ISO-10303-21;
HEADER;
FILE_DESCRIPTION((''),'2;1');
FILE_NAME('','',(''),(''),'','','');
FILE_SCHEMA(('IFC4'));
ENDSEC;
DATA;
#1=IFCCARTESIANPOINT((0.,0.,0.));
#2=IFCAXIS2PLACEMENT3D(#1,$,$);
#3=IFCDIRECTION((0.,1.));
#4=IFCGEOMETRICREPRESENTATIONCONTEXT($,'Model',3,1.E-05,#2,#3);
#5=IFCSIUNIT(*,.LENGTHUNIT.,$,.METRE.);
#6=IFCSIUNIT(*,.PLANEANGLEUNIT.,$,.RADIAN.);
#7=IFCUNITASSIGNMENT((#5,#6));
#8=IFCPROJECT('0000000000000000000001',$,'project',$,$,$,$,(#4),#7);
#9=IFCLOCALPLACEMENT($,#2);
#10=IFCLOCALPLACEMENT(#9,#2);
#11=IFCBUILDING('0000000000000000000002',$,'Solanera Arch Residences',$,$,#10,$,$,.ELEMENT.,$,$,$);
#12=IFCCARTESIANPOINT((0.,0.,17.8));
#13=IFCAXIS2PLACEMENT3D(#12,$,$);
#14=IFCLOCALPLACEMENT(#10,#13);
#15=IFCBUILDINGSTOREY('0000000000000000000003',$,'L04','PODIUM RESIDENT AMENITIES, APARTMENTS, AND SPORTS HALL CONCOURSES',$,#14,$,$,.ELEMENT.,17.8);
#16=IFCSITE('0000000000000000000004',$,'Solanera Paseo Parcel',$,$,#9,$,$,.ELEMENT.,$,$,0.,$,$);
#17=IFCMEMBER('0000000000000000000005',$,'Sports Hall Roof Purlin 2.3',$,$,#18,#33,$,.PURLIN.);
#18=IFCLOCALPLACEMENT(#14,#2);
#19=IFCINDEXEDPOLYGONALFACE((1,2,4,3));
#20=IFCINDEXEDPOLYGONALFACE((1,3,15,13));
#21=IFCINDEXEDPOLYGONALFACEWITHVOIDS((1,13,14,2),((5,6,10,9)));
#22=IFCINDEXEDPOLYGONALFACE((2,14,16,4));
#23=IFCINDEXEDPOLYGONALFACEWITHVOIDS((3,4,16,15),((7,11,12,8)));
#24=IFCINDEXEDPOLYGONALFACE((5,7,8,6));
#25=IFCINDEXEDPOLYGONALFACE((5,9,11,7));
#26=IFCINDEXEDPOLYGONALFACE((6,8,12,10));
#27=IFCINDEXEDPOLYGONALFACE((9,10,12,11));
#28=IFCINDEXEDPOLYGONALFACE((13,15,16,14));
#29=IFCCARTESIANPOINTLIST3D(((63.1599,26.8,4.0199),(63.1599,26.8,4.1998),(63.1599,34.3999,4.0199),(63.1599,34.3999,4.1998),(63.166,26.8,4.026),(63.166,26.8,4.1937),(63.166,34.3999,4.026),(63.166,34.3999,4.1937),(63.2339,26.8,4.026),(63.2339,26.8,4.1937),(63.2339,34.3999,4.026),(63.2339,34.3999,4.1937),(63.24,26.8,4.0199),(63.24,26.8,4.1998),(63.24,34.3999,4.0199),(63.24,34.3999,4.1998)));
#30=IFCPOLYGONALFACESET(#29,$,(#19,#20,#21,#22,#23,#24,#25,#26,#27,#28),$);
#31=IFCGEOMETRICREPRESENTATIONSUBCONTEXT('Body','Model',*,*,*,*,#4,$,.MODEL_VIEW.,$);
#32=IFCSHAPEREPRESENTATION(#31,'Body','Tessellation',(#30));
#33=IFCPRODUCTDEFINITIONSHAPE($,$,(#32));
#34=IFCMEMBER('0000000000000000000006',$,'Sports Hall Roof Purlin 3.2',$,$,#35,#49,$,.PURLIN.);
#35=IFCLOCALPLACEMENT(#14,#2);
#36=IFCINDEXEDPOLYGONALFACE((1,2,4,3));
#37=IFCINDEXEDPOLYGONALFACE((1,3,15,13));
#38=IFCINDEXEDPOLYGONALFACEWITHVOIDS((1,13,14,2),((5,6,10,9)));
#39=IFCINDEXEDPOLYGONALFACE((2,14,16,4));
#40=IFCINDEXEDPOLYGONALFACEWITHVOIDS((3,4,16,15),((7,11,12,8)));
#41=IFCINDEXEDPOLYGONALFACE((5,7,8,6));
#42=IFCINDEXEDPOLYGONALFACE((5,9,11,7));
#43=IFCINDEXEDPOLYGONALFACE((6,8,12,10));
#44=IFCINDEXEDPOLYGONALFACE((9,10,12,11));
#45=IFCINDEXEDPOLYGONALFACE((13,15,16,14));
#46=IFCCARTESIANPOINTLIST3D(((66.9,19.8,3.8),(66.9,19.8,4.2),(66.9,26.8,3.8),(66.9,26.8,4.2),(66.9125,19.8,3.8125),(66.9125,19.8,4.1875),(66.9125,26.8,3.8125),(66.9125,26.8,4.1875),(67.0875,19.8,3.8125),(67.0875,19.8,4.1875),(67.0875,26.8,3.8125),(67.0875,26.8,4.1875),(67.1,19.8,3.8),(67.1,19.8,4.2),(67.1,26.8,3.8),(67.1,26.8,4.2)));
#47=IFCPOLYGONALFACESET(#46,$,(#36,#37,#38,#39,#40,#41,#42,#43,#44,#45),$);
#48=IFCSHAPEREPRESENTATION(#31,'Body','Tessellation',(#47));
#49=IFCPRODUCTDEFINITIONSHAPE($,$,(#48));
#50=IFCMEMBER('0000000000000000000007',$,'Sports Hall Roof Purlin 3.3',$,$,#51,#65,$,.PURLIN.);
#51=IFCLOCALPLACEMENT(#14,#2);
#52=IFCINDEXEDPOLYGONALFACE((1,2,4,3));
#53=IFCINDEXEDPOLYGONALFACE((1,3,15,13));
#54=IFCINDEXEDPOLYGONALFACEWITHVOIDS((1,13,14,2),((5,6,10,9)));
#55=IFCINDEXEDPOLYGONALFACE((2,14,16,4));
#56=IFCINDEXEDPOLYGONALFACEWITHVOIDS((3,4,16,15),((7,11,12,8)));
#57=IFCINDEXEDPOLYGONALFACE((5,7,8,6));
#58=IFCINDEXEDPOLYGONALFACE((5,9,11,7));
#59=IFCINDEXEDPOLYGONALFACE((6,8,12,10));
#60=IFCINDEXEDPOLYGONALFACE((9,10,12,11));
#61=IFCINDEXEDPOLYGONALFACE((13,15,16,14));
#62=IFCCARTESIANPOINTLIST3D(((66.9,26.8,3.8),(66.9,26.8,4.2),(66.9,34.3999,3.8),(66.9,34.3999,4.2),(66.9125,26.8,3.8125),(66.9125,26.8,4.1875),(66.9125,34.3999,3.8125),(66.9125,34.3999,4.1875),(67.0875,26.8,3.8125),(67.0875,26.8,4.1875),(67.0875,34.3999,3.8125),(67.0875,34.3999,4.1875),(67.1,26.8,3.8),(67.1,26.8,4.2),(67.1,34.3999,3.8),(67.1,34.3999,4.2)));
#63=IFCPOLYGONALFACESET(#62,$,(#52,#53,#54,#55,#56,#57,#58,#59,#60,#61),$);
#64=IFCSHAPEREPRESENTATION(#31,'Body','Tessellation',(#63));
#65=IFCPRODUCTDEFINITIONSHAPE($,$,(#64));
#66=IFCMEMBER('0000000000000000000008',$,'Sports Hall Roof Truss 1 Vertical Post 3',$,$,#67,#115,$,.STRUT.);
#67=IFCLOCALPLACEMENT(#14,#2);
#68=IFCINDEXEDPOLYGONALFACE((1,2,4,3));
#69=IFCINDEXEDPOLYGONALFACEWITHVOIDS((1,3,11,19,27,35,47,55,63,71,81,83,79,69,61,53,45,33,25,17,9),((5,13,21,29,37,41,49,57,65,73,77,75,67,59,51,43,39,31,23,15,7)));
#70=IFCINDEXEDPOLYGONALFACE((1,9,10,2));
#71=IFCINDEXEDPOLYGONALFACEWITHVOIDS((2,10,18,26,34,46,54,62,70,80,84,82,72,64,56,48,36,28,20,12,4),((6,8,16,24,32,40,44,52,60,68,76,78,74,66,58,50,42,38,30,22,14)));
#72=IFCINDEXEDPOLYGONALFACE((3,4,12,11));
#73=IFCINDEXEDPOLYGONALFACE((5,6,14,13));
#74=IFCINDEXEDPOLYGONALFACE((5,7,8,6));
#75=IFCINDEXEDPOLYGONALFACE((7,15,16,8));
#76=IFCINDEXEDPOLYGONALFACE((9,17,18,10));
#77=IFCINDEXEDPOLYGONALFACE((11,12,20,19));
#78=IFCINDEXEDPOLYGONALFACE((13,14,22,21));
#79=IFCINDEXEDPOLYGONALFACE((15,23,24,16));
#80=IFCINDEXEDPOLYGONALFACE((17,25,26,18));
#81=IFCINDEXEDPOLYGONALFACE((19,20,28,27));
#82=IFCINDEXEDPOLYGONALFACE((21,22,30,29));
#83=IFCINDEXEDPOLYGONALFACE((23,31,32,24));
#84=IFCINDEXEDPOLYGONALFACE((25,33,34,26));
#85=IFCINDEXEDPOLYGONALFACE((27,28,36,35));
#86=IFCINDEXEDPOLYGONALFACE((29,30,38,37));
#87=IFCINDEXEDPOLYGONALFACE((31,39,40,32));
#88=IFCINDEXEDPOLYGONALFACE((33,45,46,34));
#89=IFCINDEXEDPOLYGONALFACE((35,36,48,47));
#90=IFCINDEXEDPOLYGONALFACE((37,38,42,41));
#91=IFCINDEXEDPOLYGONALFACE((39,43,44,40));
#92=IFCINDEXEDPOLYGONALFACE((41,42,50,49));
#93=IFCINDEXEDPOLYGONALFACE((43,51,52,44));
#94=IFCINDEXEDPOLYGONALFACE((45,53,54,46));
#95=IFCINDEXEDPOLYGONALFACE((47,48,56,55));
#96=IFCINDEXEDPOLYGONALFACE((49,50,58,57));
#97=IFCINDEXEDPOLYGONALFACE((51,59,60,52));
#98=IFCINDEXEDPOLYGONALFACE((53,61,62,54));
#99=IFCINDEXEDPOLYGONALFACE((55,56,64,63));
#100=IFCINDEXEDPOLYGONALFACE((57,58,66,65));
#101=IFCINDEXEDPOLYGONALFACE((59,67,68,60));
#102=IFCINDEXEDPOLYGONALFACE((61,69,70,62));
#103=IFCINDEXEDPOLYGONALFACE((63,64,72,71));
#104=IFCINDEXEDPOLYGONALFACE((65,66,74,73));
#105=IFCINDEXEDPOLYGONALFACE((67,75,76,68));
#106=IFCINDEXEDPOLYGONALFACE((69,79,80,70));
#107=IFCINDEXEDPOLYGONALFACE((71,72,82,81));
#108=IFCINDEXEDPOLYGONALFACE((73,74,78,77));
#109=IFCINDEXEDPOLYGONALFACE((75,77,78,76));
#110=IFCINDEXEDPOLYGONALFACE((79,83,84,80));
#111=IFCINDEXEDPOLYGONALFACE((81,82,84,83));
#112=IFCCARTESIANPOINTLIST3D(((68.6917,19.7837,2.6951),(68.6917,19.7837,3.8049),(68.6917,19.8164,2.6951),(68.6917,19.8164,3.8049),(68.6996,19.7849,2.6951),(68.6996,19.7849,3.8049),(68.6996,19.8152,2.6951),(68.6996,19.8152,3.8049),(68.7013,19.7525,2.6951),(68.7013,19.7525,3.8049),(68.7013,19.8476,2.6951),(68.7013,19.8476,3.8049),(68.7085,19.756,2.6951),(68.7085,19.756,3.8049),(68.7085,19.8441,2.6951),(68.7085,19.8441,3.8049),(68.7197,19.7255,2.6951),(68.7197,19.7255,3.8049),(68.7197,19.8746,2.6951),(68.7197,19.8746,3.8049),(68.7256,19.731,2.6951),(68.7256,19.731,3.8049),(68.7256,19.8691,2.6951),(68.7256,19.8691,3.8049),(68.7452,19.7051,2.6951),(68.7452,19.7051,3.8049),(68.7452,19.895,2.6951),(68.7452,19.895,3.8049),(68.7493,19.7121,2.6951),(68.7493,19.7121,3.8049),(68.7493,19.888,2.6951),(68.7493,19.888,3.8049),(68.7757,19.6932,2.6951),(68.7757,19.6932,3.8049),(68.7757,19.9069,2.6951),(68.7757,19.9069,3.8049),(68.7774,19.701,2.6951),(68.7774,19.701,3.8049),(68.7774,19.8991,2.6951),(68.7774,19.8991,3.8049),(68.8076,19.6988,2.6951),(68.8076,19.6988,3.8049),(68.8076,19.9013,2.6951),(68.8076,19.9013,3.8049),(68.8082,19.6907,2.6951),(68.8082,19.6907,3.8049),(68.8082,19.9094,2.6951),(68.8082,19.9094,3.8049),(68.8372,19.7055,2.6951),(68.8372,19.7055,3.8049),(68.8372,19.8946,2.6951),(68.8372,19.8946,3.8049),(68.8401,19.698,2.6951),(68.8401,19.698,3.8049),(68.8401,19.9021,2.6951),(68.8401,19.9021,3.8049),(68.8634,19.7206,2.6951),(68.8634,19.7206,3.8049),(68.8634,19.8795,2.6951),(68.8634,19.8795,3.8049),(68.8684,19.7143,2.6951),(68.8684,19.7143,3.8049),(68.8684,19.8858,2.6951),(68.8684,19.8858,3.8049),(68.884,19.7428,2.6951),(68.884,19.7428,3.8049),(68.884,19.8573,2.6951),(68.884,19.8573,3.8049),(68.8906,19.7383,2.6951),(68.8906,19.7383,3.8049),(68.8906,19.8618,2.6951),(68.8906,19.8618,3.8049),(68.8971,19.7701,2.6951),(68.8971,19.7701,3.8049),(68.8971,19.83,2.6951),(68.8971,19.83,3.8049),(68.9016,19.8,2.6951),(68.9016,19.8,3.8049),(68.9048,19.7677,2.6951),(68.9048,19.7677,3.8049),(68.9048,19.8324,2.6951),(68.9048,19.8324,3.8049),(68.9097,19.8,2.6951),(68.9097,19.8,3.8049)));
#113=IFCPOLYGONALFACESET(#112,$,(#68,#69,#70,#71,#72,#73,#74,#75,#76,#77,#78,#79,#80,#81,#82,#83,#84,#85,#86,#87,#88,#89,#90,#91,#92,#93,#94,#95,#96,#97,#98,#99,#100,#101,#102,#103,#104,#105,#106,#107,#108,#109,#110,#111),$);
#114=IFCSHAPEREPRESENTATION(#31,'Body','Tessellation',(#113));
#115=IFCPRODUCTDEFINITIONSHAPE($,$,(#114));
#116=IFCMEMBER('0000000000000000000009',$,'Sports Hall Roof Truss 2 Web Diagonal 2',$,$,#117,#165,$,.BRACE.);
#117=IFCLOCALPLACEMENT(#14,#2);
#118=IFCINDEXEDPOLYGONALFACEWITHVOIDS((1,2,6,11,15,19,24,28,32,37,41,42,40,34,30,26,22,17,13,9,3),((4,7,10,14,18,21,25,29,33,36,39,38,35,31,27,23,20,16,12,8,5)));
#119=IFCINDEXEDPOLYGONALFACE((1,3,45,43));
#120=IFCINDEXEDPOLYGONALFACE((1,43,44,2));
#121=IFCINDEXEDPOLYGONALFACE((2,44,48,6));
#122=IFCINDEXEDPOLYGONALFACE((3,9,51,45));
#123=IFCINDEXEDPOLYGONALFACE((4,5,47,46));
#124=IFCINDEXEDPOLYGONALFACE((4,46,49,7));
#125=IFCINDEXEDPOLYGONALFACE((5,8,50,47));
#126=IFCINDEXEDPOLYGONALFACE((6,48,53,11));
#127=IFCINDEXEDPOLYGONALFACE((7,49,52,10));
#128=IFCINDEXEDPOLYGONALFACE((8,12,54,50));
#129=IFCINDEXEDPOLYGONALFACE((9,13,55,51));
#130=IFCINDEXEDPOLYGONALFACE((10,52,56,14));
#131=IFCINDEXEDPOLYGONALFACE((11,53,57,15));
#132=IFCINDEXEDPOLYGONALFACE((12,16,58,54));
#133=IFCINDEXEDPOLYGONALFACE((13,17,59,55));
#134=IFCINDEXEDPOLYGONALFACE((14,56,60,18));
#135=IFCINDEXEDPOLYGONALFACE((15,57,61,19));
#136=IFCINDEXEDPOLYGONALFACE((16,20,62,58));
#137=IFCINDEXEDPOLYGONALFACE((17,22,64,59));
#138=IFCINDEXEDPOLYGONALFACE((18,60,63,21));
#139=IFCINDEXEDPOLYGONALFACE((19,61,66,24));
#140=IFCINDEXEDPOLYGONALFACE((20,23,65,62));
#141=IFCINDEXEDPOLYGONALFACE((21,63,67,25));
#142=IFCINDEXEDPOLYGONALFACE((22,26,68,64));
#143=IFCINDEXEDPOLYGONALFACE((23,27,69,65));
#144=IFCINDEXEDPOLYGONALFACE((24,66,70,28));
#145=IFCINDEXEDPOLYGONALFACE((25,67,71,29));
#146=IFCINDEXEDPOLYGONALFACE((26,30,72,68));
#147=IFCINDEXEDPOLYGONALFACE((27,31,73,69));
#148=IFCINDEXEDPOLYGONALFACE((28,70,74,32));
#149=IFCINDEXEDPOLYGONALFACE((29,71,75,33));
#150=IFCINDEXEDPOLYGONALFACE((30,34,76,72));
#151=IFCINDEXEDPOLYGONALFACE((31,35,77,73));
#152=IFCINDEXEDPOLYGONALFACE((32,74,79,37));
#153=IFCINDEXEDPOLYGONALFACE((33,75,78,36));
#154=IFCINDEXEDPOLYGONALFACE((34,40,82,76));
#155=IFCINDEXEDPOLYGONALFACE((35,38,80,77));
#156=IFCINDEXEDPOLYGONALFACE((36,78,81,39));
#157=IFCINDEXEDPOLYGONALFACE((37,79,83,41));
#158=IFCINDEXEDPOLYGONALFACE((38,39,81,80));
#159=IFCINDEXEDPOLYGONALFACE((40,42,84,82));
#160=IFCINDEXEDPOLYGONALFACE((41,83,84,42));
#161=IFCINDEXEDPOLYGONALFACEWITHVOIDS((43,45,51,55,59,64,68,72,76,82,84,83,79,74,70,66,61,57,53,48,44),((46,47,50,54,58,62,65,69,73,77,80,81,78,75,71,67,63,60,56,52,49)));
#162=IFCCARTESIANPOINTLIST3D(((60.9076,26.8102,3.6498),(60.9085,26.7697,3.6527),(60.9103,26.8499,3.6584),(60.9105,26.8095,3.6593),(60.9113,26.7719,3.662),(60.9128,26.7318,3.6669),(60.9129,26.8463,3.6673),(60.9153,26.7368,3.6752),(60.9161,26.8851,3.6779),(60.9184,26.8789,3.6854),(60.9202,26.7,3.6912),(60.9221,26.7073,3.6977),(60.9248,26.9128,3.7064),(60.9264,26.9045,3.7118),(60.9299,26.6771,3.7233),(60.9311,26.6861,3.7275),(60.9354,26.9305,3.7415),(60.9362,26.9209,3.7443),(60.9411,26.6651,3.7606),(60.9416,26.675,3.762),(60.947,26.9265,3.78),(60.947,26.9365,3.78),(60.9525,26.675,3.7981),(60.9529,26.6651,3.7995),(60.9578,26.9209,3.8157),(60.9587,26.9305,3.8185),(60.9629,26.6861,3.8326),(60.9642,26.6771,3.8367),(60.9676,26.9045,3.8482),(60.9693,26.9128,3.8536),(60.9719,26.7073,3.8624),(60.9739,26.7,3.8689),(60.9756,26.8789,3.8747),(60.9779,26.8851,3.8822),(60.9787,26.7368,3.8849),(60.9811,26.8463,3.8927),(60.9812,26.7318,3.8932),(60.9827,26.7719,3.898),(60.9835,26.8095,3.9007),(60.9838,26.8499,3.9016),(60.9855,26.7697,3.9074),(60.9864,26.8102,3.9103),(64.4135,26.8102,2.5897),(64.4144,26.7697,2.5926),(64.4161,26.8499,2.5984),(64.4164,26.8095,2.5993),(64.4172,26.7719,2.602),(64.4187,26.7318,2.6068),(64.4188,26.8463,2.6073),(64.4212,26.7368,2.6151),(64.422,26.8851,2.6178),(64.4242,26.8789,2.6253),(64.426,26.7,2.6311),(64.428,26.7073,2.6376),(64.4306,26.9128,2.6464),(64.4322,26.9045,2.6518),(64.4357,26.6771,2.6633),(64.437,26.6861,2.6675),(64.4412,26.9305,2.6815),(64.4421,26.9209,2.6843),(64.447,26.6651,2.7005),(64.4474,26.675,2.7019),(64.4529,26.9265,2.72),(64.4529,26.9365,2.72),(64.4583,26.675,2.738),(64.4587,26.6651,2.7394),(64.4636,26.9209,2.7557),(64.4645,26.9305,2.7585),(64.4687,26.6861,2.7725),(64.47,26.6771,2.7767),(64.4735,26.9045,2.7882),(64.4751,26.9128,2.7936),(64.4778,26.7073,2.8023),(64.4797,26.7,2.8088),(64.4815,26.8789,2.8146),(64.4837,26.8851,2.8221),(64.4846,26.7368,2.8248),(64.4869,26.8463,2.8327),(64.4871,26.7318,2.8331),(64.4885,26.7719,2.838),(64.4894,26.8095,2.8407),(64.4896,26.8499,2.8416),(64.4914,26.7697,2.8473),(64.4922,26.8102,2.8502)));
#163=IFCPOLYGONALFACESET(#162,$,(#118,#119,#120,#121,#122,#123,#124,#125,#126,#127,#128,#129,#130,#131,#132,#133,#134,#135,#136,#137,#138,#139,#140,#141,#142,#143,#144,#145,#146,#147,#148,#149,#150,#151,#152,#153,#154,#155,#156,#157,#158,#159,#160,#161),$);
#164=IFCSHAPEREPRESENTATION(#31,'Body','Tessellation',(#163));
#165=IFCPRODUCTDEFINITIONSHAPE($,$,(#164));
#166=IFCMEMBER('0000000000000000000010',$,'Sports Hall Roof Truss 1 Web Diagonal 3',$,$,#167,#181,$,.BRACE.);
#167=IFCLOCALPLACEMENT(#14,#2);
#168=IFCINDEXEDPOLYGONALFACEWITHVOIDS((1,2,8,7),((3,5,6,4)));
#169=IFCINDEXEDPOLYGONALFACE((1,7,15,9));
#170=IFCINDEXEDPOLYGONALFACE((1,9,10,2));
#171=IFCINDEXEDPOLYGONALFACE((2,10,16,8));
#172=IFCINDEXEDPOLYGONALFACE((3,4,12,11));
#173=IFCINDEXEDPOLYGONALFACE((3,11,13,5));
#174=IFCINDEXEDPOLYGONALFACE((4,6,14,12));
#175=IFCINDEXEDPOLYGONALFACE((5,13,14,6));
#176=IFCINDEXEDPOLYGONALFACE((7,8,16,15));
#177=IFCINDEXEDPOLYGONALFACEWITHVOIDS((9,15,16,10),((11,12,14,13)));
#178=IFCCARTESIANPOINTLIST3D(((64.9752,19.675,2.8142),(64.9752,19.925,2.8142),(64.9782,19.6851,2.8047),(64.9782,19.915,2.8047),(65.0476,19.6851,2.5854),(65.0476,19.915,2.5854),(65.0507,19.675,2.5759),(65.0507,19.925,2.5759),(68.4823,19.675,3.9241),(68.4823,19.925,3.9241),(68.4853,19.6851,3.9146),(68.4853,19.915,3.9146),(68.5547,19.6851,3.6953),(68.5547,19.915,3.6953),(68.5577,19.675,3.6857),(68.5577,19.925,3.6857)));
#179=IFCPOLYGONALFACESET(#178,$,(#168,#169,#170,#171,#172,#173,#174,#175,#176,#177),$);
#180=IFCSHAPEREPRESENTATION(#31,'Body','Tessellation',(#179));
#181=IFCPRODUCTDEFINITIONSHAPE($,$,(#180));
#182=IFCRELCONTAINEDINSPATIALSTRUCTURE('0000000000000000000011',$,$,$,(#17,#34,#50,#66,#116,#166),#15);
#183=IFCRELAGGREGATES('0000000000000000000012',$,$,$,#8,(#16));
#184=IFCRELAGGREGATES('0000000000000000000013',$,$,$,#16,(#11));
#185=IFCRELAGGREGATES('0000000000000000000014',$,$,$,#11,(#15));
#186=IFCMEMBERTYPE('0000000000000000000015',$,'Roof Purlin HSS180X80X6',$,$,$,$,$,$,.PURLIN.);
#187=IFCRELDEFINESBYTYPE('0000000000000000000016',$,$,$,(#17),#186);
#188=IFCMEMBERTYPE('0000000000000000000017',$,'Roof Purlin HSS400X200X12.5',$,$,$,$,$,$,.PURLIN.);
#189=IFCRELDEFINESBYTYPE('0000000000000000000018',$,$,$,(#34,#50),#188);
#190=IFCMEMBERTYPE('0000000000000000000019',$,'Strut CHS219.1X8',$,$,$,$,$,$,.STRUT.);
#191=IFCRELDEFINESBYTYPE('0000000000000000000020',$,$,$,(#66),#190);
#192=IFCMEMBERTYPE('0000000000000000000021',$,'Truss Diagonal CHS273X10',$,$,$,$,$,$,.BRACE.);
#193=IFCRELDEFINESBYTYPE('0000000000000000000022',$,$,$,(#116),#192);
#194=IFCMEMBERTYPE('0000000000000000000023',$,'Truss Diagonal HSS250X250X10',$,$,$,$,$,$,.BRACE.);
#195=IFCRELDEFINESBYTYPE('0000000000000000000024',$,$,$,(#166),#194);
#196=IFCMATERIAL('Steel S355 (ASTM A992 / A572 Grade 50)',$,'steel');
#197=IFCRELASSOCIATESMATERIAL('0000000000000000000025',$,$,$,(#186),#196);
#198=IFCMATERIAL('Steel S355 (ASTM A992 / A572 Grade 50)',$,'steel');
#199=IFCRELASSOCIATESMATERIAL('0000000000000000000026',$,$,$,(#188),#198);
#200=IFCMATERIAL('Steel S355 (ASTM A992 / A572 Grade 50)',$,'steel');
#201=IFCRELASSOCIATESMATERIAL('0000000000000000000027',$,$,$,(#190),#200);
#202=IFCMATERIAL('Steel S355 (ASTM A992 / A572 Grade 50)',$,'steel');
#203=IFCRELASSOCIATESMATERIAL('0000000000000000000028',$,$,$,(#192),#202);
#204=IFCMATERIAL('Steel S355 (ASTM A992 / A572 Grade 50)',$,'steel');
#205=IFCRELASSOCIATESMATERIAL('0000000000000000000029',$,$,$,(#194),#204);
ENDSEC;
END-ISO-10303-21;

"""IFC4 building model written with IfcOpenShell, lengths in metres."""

from ifc_helpers import new_model, si_unit, direction, frame, origin, origin_2d, place, context, subcontext, project, spatial, hollow_rectangle, hollow_circle, extrude, material, material_profile, profile_set, type_object, element, save


model = new_model("IFC4")

# Units and contexts
model_context = context("Model", 3, precision=1e-05, world=origin(), true_north=direction((0.0, 1.0)))
body_context = subcontext(model_context, "Body", "Model", "MODEL_VIEW")
ifc_project = project(units=[si_unit("LENGTHUNIT", "METRE"), si_unit("PLANEANGLEUNIT", "RADIAN")], contexts=[model_context])

# Site, building, storey
site_placement = place(None, origin())
site = spatial("IfcSite", under=ifc_project, at=site_placement, Name="Solanera Paseo Parcel", CompositionType="ELEMENT", RefElevation=0.0)
building_placement = place(site_placement, origin())
building = spatial("IfcBuilding", under=site, at=building_placement, Name="Solanera Arch Residences", CompositionType="ELEMENT")
storey_placement = place(building_placement, frame((0.0, 0.0, 17.8)))
storey = spatial("IfcBuildingStorey", under=building, at=storey_placement, Name="L04", Description="PODIUM RESIDENT AMENITIES, APARTMENTS, AND SPORTS HALL CONCOURSES", CompositionType="ELEMENT", Elevation=17.8)

# Members
ifc_material_1 = material(Name="Steel S355 (ASTM A992 / A572 Grade 50)", Category="steel")
ifc_material_profile_1 = material_profile(ifc_material_1, hollow_rectangle(XDim=0.0801, YDim=0.1799, WallThickness=0.0061, at=origin_2d()))
ifc_profile_set_1 = profile_set([ifc_material_profile_1], Name="Steel S355 (ASTM A992 / A572 Grade 50)")
member_type_1 = type_object("IfcMemberType", Name="Roof Purlin HSS180X80X6", PredefinedType="PURLIN", material=ifc_profile_set_1)
member_1_placement = place(storey_placement, frame((63.2, 26.8, 4.1099), z_axis=(0.0, 1.0, 0.0), x_axis=(-1.0, 0.0, 0.0)))
element("IfcMember", 1, at=member_1_placement, inside=storey, type_object=member_type_1, Name="Sports Hall Roof Purlin 2.3", PredefinedType="PURLIN", context=body_context, shape_type="SweptSolid", body=[
    extrude(hollow_rectangle(XDim=0.0801, YDim=0.1799, WallThickness=0.0061, at=origin_2d()), origin(), (0.0, 0.0, 1.0), 7.5999),
])
ifc_material_2 = material(Name="Steel S355 (ASTM A992 / A572 Grade 50)", Category="steel")
ifc_material_profile_2 = material_profile(ifc_material_2, hollow_rectangle(XDim=0.2, YDim=0.3999, WallThickness=0.0125, at=origin_2d()))
ifc_profile_set_2 = profile_set([ifc_material_profile_2], Name="Steel S355 (ASTM A992 / A572 Grade 50)")
member_type_2 = type_object("IfcMemberType", Name="Roof Purlin HSS400X200X12.5", PredefinedType="PURLIN", material=ifc_profile_set_2)
member_2_placement = place(storey_placement, frame((67.0, 19.8, 4.0), z_axis=(0.0, 1.0, 0.0), x_axis=(-1.0, 0.0, 0.0)))
element("IfcMember", 2, at=member_2_placement, inside=storey, type_object=member_type_2, Name="Sports Hall Roof Purlin 3.2", PredefinedType="PURLIN", context=body_context, shape_type="SweptSolid", body=[
    extrude(hollow_rectangle(XDim=0.2, YDim=0.3999, WallThickness=0.0125, at=origin_2d()), origin(), (0.0, 0.0, 1.0), 7.0),
])
member_3_placement = place(storey_placement, frame((67.0, 26.8, 4.0), z_axis=(0.0, 1.0, 0.0), x_axis=(-1.0, 0.0, 0.0)))
element("IfcMember", 3, at=member_3_placement, inside=storey, type_object=member_type_2, Name="Sports Hall Roof Purlin 3.3", PredefinedType="PURLIN", context=body_context, shape_type="SweptSolid", body=[
    extrude(hollow_rectangle(XDim=0.2, YDim=0.3999, WallThickness=0.0125, at=origin_2d()), origin(), (0.0, 0.0, 1.0), 7.5999),
])
ifc_material_3 = material(Name="Steel S355 (ASTM A992 / A572 Grade 50)", Category="steel")
ifc_material_profile_3 = material_profile(ifc_material_3, hollow_circle(Radius=0.1096, WallThickness=0.0081, at=origin_2d()))
ifc_profile_set_3 = profile_set([ifc_material_profile_3], Name="Steel S355 (ASTM A992 / A572 Grade 50)")
member_type_3 = type_object("IfcMemberType", Name="Strut CHS219.1X8", PredefinedType="STRUT", material=ifc_profile_set_3)
member_4_placement = place(storey_placement, frame((68.8, 19.8, 2.6951), z_axis=(0.0, 0.0, 1.0), x_axis=(1.0, 0.0, 0.0)))
element("IfcMember", 4, at=member_4_placement, inside=storey, type_object=member_type_3, Name="Sports Hall Roof Truss 1 Vertical Post 3", PredefinedType="STRUT", context=body_context, shape_type="SweptSolid", body=[
    extrude(hollow_circle(Radius=0.1096, WallThickness=0.0081, at=origin_2d()), origin(), (0.0, 0.0, 1.0), 1.1099),
])
ifc_material_4 = material(Name="Steel S355 (ASTM A992 / A572 Grade 50)", Category="steel")
ifc_material_profile_4 = material_profile(ifc_material_4, hollow_circle(Radius=0.1365, WallThickness=0.01, at=origin_2d()))
ifc_profile_set_4 = profile_set([ifc_material_profile_4], Name="Steel S355 (ASTM A992 / A572 Grade 50)")
member_type_4 = type_object("IfcMemberType", Name="Truss Diagonal CHS273X10", PredefinedType="BRACE", material=ifc_profile_set_4)
member_5_placement = place(storey_placement, frame((60.947, 26.8, 3.78), z_axis=(0.9572, 0.0, -0.289426), x_axis=(0.0, 1.0, 0.0)))
element("IfcMember", 5, at=member_5_placement, inside=storey, type_object=member_type_4, Name="Sports Hall Roof Truss 2 Web Diagonal 2", PredefinedType="BRACE", context=body_context, shape_type="SweptSolid", body=[
    extrude(hollow_circle(Radius=0.1365, WallThickness=0.01, at=origin_2d()), origin(), (0.0, 0.0, 1.0), 3.6626),
])
ifc_material_5 = material(Name="Steel S355 (ASTM A992 / A572 Grade 50)", Category="steel")
ifc_material_profile_5 = material_profile(ifc_material_5, hollow_rectangle(XDim=0.25, YDim=0.25, WallThickness=0.01, at=origin_2d()))
ifc_profile_set_5 = profile_set([ifc_material_profile_5], Name="Steel S355 (ASTM A992 / A572 Grade 50)")
member_type_5 = type_object("IfcMemberType", Name="Truss Diagonal HSS250X250X10", PredefinedType="BRACE", material=ifc_profile_set_5)
member_6_placement = place(storey_placement, frame((65.0129, 19.8, 2.6951), z_axis=(0.953398, 0.0, 0.301716), x_axis=(0.0, 1.0, 0.0)))
element("IfcMember", 6, at=member_6_placement, inside=storey, type_object=member_type_5, Name="Sports Hall Roof Truss 1 Web Diagonal 3", PredefinedType="BRACE", context=body_context, shape_type="SweptSolid", body=[
    extrude(hollow_rectangle(XDim=0.25, YDim=0.25, WallThickness=0.01, at=origin_2d()), origin(), (0.0, 0.0, 1.0), 3.6785),
])

save(model, "model.ifc")
